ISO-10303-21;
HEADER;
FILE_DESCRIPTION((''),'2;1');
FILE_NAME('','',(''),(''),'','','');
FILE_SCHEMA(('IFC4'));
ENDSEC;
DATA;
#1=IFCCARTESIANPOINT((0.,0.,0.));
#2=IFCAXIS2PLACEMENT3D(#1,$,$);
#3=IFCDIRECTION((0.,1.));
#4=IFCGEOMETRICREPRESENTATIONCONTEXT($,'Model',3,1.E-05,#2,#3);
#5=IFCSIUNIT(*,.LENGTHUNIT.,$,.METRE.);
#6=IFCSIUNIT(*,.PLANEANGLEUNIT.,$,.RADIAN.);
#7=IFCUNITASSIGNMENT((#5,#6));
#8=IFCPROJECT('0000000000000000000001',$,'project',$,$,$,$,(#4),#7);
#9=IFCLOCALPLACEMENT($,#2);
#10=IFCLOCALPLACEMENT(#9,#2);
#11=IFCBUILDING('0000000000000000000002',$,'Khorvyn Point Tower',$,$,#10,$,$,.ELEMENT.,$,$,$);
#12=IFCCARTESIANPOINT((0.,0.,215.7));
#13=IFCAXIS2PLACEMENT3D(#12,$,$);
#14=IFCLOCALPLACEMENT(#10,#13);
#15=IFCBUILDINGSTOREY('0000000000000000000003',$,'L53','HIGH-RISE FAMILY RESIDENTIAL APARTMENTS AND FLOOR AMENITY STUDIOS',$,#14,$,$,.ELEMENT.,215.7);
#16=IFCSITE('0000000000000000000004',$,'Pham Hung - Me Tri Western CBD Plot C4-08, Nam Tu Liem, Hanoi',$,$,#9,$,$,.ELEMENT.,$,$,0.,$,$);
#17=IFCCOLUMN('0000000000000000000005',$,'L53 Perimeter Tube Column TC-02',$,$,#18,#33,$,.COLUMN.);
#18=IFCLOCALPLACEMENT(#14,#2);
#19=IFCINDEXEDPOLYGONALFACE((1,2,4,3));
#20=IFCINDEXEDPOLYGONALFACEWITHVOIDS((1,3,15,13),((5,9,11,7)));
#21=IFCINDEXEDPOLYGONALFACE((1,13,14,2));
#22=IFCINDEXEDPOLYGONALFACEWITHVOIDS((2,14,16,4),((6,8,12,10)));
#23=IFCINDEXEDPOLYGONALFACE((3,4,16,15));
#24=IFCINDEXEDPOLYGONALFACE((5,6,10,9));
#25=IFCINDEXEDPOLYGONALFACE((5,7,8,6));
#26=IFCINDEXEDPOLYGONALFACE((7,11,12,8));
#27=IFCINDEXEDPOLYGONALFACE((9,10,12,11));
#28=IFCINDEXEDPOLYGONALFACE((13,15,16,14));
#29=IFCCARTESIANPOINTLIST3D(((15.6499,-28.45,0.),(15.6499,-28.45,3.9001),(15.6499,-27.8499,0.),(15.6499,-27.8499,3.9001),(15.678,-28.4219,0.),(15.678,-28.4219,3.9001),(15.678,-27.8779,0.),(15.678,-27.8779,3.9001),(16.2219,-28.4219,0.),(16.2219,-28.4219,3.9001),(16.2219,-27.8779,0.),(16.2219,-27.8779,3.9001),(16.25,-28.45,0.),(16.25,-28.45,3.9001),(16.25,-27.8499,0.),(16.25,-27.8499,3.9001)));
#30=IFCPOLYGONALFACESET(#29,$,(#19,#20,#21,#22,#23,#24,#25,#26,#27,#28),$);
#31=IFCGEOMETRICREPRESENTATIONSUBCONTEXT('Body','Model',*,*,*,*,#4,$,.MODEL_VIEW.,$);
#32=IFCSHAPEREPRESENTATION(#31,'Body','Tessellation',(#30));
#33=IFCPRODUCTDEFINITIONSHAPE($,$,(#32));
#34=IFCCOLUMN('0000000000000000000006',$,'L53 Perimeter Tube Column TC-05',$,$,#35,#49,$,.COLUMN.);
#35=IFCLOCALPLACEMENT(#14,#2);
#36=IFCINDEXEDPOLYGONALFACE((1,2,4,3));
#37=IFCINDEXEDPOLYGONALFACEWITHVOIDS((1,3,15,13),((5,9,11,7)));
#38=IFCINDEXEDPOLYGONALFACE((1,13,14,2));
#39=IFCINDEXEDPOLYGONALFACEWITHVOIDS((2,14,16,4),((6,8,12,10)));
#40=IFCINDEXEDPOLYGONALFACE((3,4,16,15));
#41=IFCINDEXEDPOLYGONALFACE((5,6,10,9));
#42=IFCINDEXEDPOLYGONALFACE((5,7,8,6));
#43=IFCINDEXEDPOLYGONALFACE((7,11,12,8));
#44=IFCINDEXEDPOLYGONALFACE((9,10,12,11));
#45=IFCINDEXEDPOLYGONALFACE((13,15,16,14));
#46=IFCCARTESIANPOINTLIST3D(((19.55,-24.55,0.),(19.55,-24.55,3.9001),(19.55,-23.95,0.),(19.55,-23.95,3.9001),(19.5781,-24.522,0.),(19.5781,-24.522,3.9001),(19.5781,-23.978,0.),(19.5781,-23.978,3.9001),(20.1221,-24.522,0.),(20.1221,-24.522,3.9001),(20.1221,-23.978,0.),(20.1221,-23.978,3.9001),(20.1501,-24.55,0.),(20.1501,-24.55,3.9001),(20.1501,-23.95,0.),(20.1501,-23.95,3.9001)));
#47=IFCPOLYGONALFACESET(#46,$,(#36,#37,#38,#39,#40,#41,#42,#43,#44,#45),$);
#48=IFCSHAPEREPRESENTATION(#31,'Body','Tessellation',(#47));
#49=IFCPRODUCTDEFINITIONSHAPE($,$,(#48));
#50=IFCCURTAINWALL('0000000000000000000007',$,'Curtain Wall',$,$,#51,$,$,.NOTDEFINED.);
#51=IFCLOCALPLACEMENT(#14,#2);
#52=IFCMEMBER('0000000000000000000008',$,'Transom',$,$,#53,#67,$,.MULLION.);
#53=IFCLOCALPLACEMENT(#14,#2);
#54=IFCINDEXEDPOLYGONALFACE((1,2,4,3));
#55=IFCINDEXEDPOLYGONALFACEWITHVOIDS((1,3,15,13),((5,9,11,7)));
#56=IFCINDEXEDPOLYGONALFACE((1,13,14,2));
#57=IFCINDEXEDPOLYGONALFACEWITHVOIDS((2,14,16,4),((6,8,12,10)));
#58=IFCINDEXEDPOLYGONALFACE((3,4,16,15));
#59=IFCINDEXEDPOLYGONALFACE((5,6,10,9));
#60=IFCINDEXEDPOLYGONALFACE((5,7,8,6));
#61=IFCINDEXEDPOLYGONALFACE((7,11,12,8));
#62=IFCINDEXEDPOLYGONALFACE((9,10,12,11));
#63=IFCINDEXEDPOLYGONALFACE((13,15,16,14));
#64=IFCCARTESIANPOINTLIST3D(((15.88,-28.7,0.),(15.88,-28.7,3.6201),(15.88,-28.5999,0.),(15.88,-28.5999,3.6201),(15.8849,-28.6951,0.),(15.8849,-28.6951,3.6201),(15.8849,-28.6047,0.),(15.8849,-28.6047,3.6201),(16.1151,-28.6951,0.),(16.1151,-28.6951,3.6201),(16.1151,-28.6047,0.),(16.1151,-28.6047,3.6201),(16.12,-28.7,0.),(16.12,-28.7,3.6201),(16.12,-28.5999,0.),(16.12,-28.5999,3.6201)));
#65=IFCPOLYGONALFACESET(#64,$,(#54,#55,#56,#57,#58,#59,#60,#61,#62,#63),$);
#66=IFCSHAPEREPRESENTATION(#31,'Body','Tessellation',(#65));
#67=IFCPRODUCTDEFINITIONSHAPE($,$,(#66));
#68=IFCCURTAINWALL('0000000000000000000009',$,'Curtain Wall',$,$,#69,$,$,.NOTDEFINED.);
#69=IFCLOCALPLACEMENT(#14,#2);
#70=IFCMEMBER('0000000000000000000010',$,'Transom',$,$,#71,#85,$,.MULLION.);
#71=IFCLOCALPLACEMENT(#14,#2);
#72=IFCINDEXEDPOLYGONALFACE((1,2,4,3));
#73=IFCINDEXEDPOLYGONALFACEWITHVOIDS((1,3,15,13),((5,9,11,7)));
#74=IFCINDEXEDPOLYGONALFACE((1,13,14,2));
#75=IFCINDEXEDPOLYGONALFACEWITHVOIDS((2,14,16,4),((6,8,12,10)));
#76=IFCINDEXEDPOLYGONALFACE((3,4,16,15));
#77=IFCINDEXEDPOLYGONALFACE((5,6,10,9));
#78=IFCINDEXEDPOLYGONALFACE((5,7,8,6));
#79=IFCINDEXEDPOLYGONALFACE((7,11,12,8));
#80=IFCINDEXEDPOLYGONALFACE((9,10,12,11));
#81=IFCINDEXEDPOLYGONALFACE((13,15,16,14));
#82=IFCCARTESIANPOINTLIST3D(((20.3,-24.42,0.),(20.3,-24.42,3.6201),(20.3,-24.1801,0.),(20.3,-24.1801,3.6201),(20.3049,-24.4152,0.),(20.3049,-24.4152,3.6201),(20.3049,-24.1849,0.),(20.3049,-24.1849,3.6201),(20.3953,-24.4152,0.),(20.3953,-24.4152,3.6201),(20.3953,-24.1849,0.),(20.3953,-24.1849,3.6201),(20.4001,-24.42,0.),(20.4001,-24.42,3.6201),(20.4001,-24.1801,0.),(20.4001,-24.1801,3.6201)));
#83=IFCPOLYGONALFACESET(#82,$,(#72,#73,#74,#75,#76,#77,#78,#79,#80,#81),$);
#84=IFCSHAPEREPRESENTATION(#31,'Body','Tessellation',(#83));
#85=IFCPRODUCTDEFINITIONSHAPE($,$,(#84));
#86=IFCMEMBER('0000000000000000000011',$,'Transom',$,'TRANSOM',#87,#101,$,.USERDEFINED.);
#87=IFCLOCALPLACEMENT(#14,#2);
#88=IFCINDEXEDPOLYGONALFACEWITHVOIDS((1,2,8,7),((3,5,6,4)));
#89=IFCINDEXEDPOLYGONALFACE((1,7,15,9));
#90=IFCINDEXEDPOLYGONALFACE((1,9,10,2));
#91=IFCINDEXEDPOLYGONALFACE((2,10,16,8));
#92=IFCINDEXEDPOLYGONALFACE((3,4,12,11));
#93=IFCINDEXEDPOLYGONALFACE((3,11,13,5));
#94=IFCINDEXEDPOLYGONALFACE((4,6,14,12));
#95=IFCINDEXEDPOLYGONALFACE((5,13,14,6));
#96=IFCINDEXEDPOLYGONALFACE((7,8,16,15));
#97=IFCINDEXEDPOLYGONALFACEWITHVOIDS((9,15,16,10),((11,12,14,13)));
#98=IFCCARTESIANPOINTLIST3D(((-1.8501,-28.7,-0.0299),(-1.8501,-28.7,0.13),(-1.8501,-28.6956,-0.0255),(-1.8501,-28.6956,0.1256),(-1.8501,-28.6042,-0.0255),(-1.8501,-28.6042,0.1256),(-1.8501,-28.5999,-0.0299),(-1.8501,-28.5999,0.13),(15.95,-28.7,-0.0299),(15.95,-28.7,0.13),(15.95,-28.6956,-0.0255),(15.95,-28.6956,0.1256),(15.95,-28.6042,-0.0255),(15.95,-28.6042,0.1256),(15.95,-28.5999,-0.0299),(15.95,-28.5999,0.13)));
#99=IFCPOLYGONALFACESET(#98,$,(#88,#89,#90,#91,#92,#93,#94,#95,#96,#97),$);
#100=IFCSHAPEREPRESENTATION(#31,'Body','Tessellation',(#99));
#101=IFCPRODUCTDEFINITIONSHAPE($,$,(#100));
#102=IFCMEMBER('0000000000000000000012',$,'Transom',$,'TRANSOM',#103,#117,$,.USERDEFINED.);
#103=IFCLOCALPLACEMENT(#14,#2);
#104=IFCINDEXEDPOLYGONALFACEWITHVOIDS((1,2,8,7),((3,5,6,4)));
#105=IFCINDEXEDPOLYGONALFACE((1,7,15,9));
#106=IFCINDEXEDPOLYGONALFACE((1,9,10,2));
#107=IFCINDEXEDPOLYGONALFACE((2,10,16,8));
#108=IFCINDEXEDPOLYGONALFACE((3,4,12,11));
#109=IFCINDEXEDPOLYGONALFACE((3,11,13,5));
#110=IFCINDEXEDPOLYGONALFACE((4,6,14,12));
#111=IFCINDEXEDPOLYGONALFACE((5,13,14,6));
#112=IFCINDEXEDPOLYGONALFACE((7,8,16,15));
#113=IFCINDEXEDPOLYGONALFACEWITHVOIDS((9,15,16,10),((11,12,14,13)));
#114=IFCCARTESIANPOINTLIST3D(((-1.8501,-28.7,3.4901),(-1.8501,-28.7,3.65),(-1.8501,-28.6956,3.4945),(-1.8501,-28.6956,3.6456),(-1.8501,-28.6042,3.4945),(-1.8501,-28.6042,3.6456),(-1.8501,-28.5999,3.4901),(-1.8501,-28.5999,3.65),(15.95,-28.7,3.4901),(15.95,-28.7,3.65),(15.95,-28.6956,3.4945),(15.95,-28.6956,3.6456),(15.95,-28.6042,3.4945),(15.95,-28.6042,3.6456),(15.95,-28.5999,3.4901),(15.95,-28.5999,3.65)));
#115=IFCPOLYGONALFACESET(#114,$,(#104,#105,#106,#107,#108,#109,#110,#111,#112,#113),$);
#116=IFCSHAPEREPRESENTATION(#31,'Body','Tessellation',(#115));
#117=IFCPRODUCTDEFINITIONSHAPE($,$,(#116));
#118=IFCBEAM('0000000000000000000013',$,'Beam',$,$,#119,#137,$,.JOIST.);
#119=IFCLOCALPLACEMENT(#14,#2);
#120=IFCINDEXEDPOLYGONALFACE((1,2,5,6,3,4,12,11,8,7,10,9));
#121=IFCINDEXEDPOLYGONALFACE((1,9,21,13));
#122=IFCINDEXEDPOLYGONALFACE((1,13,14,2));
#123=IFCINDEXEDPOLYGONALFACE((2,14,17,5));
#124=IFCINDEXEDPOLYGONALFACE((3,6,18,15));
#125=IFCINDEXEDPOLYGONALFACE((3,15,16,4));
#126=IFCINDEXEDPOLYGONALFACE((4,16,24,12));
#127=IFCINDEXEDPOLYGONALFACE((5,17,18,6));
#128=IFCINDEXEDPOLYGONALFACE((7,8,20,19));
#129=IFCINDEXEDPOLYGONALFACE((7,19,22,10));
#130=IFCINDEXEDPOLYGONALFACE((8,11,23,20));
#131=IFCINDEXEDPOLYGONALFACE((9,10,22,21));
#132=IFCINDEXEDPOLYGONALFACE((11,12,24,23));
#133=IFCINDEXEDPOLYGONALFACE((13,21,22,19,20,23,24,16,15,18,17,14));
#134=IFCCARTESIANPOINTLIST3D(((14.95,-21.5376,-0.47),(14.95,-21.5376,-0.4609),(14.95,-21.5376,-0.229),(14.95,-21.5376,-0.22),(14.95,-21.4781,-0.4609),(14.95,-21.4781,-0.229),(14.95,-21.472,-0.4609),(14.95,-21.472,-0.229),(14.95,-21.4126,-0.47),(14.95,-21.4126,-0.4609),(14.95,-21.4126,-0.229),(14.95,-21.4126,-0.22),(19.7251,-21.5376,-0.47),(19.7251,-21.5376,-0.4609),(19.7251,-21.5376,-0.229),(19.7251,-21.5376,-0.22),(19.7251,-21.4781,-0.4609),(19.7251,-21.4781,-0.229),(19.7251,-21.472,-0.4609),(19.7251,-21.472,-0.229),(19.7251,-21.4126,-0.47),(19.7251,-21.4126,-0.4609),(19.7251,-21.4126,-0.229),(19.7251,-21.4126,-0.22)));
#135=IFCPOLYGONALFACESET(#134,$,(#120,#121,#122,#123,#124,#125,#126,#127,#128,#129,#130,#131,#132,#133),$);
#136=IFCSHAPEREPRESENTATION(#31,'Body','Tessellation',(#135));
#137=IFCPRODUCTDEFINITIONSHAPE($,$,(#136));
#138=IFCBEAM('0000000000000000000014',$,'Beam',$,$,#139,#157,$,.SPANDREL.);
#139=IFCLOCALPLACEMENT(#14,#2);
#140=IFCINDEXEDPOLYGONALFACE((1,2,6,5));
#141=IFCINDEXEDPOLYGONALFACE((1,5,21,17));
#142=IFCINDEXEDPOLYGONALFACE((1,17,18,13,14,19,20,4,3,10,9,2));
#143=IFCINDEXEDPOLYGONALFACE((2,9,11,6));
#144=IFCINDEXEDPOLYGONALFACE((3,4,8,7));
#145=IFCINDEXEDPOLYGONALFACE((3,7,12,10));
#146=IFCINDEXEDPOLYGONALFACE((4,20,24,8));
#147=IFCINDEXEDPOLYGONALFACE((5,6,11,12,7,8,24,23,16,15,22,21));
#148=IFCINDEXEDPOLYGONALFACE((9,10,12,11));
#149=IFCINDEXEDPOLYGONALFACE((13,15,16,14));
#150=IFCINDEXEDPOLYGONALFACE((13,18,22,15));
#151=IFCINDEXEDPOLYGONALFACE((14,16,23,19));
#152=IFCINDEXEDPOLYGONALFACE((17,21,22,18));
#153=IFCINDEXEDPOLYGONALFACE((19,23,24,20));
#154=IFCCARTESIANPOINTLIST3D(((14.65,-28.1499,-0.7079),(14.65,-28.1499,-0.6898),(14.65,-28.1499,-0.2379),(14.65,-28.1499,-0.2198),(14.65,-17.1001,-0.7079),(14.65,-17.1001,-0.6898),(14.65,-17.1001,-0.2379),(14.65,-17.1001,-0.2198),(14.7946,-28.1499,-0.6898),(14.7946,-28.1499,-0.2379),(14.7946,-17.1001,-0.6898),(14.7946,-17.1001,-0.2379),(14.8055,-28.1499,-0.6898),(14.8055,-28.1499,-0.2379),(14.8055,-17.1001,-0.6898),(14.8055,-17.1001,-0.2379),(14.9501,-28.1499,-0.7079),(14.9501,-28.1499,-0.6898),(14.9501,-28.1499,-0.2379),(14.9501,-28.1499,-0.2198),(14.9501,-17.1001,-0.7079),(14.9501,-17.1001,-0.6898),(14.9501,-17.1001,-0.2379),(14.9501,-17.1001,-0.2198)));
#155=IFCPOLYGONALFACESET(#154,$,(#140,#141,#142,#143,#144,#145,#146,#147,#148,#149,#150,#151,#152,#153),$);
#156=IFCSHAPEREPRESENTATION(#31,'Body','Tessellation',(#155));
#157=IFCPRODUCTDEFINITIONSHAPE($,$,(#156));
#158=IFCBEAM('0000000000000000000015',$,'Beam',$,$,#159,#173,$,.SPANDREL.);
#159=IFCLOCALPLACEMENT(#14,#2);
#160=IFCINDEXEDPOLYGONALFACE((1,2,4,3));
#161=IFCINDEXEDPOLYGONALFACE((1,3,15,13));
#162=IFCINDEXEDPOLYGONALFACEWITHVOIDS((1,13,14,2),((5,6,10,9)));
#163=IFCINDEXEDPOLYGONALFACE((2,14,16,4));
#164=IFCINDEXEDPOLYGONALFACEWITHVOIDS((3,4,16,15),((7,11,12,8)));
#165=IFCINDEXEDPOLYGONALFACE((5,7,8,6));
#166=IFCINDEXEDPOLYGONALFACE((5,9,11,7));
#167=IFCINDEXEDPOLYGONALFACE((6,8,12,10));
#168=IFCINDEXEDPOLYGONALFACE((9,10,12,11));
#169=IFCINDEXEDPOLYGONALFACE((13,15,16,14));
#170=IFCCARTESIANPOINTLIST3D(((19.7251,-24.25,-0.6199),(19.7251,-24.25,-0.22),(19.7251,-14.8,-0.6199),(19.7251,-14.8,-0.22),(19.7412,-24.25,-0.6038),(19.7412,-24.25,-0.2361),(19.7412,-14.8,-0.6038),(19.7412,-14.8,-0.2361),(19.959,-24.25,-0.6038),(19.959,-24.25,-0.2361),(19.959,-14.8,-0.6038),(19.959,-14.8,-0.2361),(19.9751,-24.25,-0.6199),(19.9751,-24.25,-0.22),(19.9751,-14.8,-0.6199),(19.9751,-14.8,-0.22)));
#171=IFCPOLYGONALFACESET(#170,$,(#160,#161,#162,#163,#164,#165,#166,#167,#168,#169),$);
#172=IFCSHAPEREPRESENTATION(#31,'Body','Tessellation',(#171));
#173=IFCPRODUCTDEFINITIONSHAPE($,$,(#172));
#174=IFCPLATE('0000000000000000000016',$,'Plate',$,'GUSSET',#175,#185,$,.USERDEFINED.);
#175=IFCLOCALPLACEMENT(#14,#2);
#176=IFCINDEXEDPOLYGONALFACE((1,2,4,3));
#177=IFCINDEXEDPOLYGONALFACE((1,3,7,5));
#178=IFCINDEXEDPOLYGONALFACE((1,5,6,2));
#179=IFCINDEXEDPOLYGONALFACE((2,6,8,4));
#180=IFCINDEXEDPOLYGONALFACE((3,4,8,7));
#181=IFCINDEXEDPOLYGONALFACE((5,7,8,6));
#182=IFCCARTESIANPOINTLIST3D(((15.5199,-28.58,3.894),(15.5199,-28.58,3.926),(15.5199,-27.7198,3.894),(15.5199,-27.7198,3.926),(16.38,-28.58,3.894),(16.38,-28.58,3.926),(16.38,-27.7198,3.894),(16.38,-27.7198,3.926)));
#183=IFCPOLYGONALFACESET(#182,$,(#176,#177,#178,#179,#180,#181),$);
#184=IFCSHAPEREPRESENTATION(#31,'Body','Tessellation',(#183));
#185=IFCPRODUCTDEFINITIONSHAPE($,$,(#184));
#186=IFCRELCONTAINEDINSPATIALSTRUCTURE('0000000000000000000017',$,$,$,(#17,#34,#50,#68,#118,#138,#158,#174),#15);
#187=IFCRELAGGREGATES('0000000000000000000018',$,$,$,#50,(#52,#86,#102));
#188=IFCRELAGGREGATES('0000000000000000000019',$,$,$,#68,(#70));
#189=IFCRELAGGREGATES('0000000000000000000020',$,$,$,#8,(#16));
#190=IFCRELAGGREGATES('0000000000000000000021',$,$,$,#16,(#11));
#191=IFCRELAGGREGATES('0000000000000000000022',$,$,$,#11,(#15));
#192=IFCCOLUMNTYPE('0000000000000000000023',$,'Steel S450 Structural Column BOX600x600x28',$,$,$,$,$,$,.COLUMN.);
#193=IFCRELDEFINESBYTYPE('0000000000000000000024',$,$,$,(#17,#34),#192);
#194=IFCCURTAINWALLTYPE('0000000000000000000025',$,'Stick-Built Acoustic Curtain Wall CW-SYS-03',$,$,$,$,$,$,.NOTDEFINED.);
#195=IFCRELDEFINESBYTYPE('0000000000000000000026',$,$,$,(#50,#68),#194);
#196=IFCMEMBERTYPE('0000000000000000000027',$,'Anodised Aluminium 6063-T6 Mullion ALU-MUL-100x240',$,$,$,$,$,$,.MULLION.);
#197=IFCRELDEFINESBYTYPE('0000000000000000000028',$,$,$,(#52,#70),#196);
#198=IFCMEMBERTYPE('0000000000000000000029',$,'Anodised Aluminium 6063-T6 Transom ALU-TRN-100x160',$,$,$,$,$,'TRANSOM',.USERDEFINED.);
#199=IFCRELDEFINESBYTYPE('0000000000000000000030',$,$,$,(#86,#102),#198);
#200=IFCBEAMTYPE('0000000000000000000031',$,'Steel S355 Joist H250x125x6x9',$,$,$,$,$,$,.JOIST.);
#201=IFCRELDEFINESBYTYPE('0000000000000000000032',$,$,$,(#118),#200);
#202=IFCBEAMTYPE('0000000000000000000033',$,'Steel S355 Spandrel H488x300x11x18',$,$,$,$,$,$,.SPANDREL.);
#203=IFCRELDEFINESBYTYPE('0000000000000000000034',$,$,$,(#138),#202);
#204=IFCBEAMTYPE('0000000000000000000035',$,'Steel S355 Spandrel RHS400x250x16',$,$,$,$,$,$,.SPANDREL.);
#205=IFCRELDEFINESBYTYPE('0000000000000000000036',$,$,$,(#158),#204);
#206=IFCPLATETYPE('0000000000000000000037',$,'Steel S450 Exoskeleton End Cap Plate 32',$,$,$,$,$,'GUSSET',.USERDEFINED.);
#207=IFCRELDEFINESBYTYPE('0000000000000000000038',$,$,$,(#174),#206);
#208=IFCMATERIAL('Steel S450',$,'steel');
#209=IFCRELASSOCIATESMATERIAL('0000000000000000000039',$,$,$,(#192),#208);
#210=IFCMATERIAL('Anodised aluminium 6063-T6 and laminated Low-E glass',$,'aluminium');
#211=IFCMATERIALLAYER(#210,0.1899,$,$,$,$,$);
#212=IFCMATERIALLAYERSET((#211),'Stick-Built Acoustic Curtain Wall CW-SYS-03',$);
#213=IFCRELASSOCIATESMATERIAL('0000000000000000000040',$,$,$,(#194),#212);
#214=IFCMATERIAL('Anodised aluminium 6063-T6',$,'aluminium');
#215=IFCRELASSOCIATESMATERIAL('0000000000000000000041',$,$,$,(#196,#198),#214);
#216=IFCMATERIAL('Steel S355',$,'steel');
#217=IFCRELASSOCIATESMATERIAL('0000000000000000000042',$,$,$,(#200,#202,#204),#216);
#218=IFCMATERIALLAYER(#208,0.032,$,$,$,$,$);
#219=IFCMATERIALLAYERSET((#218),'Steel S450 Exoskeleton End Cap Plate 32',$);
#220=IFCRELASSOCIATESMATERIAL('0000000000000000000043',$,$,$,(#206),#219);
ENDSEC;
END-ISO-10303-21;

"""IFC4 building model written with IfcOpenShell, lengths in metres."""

from ifc_helpers import new_model, si_unit, direction, frame, origin, origin_2d, place, context, subcontext, project, spatial, rectangle, hollow_rectangle, i_section, extrude, material, layer, layer_set, material_profile, profile_set, type_object, element, aggregate, save


model = new_model("IFC4")

# Units and contexts
model_context = context("Model", 3, precision=1e-05, world=origin(), true_north=direction((0.0, 1.0)))
body_context = subcontext(model_context, "Body", "Model", "MODEL_VIEW")
ifc_project = project(units=[si_unit("LENGTHUNIT", "METRE"), si_unit("PLANEANGLEUNIT", "RADIAN")], contexts=[model_context])

# Site, building, storey
site_placement = place(None, origin())
site = spatial("IfcSite", under=ifc_project, at=site_placement, Name="Pham Hung - Me Tri Western CBD Plot C4-08, Nam Tu Liem, Hanoi", CompositionType="ELEMENT", RefElevation=0.0)
building_placement = place(site_placement, origin())
building = spatial("IfcBuilding", under=site, at=building_placement, Name="Khorvyn Point Tower", CompositionType="ELEMENT")
storey_placement = place(building_placement, frame((0.0, 0.0, 215.7)))
storey = spatial("IfcBuildingStorey", under=building, at=storey_placement, Name="L53", Description="HIGH-RISE FAMILY RESIDENTIAL APARTMENTS AND FLOOR AMENITY STUDIOS", CompositionType="ELEMENT", Elevation=215.7)

# Columns
ifc_material_1 = material(Name="Steel S450", Category="steel")
ifc_material_profile_1 = material_profile(ifc_material_1, hollow_rectangle(XDim=0.6001, YDim=0.6001, WallThickness=0.0281, at=origin_2d()))
ifc_profile_set_1 = profile_set([ifc_material_profile_1], Name="Steel S450 BOX600x600x28")
column_type = type_object("IfcColumnType", Name="Steel S450 Structural Column BOX600x600x28", PredefinedType="COLUMN", material=ifc_profile_set_1)
for number, where, z_axis, x_axis, name in (
    (1, (15.95, -28.1499, 0.0), (0.0, 0.0, 1.0), (1.0, 0.0, 0.0), "L53 Perimeter Tube Column TC-02"),
    (2, (19.8501, -24.25, 0.0), (0.0, 0.0, 1.0), (1.0, 0.0, 0.0), "L53 Perimeter Tube Column TC-05"),
):
    element("IfcColumn", number, at=place(storey_placement, frame(where, z_axis=z_axis, x_axis=x_axis)), inside=storey, type_object=column_type, Name=name, PredefinedType="COLUMN", context=body_context, shape_type="SweptSolid", body=[
        extrude(hollow_rectangle(XDim=0.6001, YDim=0.6001, WallThickness=0.0281, at=origin_2d()), origin(), (0.0, 0.0, 1.0), 3.9001),
    ])

# Curtain walls, members
ifc_material_2 = material(Name="Anodised aluminium 6063-T6 and laminated Low-E glass", Category="aluminium")
ifc_layer_1 = layer(ifc_material_2, 0.1899)
ifc_layer_set_1 = layer_set([ifc_layer_1], Name="Stick-Built Acoustic Curtain Wall CW-SYS-03")
curtain_wall_type = type_object("IfcCurtainWallType", Name="Stick-Built Acoustic Curtain Wall CW-SYS-03", PredefinedType="NOTDEFINED", material=ifc_layer_set_1)
curtain_wall_1_placement = place(storey_placement, origin())
curtain_wall_1 = element("IfcCurtainWall", 3, at=curtain_wall_1_placement, inside=storey, type_object=curtain_wall_type, Name="Curtain Wall", PredefinedType="NOTDEFINED")
ifc_material_3 = material(Name="Anodised aluminium 6063-T6", Category="aluminium")
ifc_material_profile_2 = material_profile(ifc_material_3, hollow_rectangle(XDim=0.1001, YDim=0.24, WallThickness=0.0049, at=origin_2d()))
ifc_profile_set_2 = profile_set([ifc_material_profile_2], Name="Anodised aluminium 6063-T6 ALU-MUL-100x240")
member_type_1 = type_object("IfcMemberType", Name="Anodised Aluminium 6063-T6 Mullion ALU-MUL-100x240", PredefinedType="MULLION", material=ifc_profile_set_2)
member_1_placement = place(storey_placement, frame((16.0, -28.6499, 0.0), z_axis=(0.0, 0.0, 1.0), x_axis=(0.0, -1.0, 0.0)))
member_1 = element("IfcMember", 4, at=member_1_placement, type_object=member_type_1, Name="Transom", PredefinedType="MULLION", context=body_context, shape_type="SweptSolid", body=[
    extrude(hollow_rectangle(XDim=0.1001, YDim=0.24, WallThickness=0.0049, at=origin_2d()), origin(), (0.0, 0.0, 1.0), 3.6201),
])
curtain_wall_2_placement = place(storey_placement, origin())
curtain_wall_2 = element("IfcCurtainWall", 5, at=curtain_wall_2_placement, inside=storey, type_object=curtain_wall_type, Name="Curtain Wall", PredefinedType="NOTDEFINED")
member_2_placement = place(storey_placement, frame((20.3501, -24.3, 0.0), z_axis=(0.0, 0.0, 1.0), x_axis=(1.0, 0.0, 0.0)))
member_2 = element("IfcMember", 6, at=member_2_placement, type_object=member_type_1, Name="Transom", PredefinedType="MULLION", context=body_context, shape_type="SweptSolid", body=[
    extrude(hollow_rectangle(XDim=0.1001, YDim=0.24, WallThickness=0.0049, at=origin_2d()), origin(), (0.0, 0.0, 1.0), 3.6201),
])

# Members
ifc_material_profile_3 = material_profile(ifc_material_3, hollow_rectangle(XDim=0.1001, YDim=0.1599, WallThickness=0.0044, at=origin_2d()))
ifc_profile_set_3 = profile_set([ifc_material_profile_3], Name="Anodised aluminium 6063-T6 ALU-TRN-100x160")
member_type_2 = type_object("IfcMemberType", Name="Anodised Aluminium 6063-T6 Transom ALU-TRN-100x160", ElementType="TRANSOM", PredefinedType="USERDEFINED", material=ifc_profile_set_3)
member_3_placement = place(storey_placement, frame((15.95, -28.6499, 0.05), z_axis=(-1.0, 0.0, 0.0), x_axis=(0.0, -1.0, 0.0)))
member_3 = element("IfcMember", 7, at=member_3_placement, type_object=member_type_2, Name="Transom", ObjectType="TRANSOM", PredefinedType="USERDEFINED", context=body_context, shape_type="SweptSolid", body=[
    extrude(hollow_rectangle(XDim=0.1001, YDim=0.1599, WallThickness=0.0044, at=origin_2d()), origin(), (0.0, 0.0, 1.0), 17.8),
])
member_4_placement = place(storey_placement, frame((15.95, -28.6499, 3.5701), z_axis=(-1.0, 0.0, 0.0), x_axis=(0.0, -1.0, 0.0)))
member_4 = element("IfcMember", 8, at=member_4_placement, type_object=member_type_2, Name="Transom", ObjectType="TRANSOM", PredefinedType="USERDEFINED", context=body_context, shape_type="SweptSolid", body=[
    extrude(hollow_rectangle(XDim=0.1001, YDim=0.1599, WallThickness=0.0044, at=origin_2d()), origin(), (0.0, 0.0, 1.0), 17.8),
])

# Beams
ifc_material_4 = material(Name="Steel S355", Category="steel")
ifc_material_profile_4 = material_profile(ifc_material_4, i_section(OverallWidth=0.125, OverallDepth=0.25, WebThickness=0.0061, FlangeThickness=0.009, at=origin_2d()))
ifc_profile_set_4 = profile_set([ifc_material_profile_4], Name="Steel S355 H250x125x6x9")
beam_type_1 = type_object("IfcBeamType", Name="Steel S355 Joist H250x125x6x9", PredefinedType="JOIST", material=ifc_profile_set_4)
beam_1_placement = place(storey_placement, frame((14.95, -21.4751, -0.345), z_axis=(1.0, 0.0, 0.0), x_axis=(0.0, 1.0, 0.0)))
element("IfcBeam", 9, at=beam_1_placement, inside=storey, type_object=beam_type_1, Name="Beam", PredefinedType="JOIST", context=body_context, shape_type="SweptSolid", body=[
    extrude(i_section(OverallWidth=0.125, OverallDepth=0.25, WebThickness=0.0061, FlangeThickness=0.009, at=origin_2d()), origin(), (0.0, 0.0, 1.0), 4.7751),
])
ifc_material_profile_5 = material_profile(ifc_material_4, i_section(OverallWidth=0.3, OverallDepth=0.488, WebThickness=0.011, FlangeThickness=0.0181, at=origin_2d()))
ifc_profile_set_5 = profile_set([ifc_material_profile_5], Name="Steel S355 H488x300x11x18")
beam_type_2 = type_object("IfcBeamType", Name="Steel S355 Spandrel H488x300x11x18", PredefinedType="SPANDREL", material=ifc_profile_set_5)
beam_2_placement = place(storey_placement, frame((14.8, -28.1499, -0.4639), z_axis=(0.0, 1.0, 0.0), x_axis=(-1.0, 0.0, 0.0)))
element("IfcBeam", 10, at=beam_2_placement, inside=storey, type_object=beam_type_2, Name="Beam", PredefinedType="SPANDREL", context=body_context, shape_type="SweptSolid", body=[
    extrude(i_section(OverallWidth=0.3, OverallDepth=0.488, WebThickness=0.011, FlangeThickness=0.0181, at=origin_2d()), origin(), (0.0, 0.0, 1.0), 11.0498),
])
ifc_material_profile_6 = material_profile(ifc_material_4, hollow_rectangle(XDim=0.25, YDim=0.3999, WallThickness=0.0161, at=origin_2d()))
ifc_profile_set_6 = profile_set([ifc_material_profile_6], Name="Steel S355 RHS400x250x16")
beam_type_3 = type_object("IfcBeamType", Name="Steel S355 Spandrel RHS400x250x16", PredefinedType="SPANDREL", material=ifc_profile_set_6)
beam_3_placement = place(storey_placement, frame((19.8501, -24.25, -0.4199), z_axis=(0.0, 1.0, 0.0), x_axis=(-1.0, 0.0, 0.0)))
element("IfcBeam", 11, at=beam_3_placement, inside=storey, type_object=beam_type_3, Name="Beam", PredefinedType="SPANDREL", context=body_context, shape_type="SweptSolid", body=[
    extrude(hollow_rectangle(XDim=0.25, YDim=0.3999, WallThickness=0.0161, at=origin_2d()), origin(), (0.0, 0.0, 1.0), 9.45),
])

# Plate
ifc_layer_2 = layer(ifc_material_1, 0.032)
ifc_layer_set_2 = layer_set([ifc_layer_2], Name="Steel S450 Exoskeleton End Cap Plate 32")
plate_type_1 = type_object("IfcPlateType", Name="Steel S450 Exoskeleton End Cap Plate 32", ElementType="GUSSET", PredefinedType="USERDEFINED", material=ifc_layer_set_2)
for number, where, z_axis, x_axis, name in (
    (12, (15.95, -28.1499, 3.894), (0.0, 0.0, 1.0), (1.0, 0.0, 0.0), "Plate"),
):
    element("IfcPlate", number, at=place(storey_placement, frame(where, z_axis=z_axis, x_axis=x_axis)), inside=storey, type_object=plate_type_1, Name=name, ObjectType="GUSSET", PredefinedType="USERDEFINED", context=body_context, shape_type="SweptSolid", body=[
        extrude(rectangle(XDim=0.8601, YDim=0.8601, at=origin_2d()), origin(), (0.0, 0.0, 1.0), 0.032),
    ])

aggregate(curtain_wall_1, [member_1, member_3, member_4])
aggregate(curtain_wall_2, [member_2])

save(model, "model.ifc")
